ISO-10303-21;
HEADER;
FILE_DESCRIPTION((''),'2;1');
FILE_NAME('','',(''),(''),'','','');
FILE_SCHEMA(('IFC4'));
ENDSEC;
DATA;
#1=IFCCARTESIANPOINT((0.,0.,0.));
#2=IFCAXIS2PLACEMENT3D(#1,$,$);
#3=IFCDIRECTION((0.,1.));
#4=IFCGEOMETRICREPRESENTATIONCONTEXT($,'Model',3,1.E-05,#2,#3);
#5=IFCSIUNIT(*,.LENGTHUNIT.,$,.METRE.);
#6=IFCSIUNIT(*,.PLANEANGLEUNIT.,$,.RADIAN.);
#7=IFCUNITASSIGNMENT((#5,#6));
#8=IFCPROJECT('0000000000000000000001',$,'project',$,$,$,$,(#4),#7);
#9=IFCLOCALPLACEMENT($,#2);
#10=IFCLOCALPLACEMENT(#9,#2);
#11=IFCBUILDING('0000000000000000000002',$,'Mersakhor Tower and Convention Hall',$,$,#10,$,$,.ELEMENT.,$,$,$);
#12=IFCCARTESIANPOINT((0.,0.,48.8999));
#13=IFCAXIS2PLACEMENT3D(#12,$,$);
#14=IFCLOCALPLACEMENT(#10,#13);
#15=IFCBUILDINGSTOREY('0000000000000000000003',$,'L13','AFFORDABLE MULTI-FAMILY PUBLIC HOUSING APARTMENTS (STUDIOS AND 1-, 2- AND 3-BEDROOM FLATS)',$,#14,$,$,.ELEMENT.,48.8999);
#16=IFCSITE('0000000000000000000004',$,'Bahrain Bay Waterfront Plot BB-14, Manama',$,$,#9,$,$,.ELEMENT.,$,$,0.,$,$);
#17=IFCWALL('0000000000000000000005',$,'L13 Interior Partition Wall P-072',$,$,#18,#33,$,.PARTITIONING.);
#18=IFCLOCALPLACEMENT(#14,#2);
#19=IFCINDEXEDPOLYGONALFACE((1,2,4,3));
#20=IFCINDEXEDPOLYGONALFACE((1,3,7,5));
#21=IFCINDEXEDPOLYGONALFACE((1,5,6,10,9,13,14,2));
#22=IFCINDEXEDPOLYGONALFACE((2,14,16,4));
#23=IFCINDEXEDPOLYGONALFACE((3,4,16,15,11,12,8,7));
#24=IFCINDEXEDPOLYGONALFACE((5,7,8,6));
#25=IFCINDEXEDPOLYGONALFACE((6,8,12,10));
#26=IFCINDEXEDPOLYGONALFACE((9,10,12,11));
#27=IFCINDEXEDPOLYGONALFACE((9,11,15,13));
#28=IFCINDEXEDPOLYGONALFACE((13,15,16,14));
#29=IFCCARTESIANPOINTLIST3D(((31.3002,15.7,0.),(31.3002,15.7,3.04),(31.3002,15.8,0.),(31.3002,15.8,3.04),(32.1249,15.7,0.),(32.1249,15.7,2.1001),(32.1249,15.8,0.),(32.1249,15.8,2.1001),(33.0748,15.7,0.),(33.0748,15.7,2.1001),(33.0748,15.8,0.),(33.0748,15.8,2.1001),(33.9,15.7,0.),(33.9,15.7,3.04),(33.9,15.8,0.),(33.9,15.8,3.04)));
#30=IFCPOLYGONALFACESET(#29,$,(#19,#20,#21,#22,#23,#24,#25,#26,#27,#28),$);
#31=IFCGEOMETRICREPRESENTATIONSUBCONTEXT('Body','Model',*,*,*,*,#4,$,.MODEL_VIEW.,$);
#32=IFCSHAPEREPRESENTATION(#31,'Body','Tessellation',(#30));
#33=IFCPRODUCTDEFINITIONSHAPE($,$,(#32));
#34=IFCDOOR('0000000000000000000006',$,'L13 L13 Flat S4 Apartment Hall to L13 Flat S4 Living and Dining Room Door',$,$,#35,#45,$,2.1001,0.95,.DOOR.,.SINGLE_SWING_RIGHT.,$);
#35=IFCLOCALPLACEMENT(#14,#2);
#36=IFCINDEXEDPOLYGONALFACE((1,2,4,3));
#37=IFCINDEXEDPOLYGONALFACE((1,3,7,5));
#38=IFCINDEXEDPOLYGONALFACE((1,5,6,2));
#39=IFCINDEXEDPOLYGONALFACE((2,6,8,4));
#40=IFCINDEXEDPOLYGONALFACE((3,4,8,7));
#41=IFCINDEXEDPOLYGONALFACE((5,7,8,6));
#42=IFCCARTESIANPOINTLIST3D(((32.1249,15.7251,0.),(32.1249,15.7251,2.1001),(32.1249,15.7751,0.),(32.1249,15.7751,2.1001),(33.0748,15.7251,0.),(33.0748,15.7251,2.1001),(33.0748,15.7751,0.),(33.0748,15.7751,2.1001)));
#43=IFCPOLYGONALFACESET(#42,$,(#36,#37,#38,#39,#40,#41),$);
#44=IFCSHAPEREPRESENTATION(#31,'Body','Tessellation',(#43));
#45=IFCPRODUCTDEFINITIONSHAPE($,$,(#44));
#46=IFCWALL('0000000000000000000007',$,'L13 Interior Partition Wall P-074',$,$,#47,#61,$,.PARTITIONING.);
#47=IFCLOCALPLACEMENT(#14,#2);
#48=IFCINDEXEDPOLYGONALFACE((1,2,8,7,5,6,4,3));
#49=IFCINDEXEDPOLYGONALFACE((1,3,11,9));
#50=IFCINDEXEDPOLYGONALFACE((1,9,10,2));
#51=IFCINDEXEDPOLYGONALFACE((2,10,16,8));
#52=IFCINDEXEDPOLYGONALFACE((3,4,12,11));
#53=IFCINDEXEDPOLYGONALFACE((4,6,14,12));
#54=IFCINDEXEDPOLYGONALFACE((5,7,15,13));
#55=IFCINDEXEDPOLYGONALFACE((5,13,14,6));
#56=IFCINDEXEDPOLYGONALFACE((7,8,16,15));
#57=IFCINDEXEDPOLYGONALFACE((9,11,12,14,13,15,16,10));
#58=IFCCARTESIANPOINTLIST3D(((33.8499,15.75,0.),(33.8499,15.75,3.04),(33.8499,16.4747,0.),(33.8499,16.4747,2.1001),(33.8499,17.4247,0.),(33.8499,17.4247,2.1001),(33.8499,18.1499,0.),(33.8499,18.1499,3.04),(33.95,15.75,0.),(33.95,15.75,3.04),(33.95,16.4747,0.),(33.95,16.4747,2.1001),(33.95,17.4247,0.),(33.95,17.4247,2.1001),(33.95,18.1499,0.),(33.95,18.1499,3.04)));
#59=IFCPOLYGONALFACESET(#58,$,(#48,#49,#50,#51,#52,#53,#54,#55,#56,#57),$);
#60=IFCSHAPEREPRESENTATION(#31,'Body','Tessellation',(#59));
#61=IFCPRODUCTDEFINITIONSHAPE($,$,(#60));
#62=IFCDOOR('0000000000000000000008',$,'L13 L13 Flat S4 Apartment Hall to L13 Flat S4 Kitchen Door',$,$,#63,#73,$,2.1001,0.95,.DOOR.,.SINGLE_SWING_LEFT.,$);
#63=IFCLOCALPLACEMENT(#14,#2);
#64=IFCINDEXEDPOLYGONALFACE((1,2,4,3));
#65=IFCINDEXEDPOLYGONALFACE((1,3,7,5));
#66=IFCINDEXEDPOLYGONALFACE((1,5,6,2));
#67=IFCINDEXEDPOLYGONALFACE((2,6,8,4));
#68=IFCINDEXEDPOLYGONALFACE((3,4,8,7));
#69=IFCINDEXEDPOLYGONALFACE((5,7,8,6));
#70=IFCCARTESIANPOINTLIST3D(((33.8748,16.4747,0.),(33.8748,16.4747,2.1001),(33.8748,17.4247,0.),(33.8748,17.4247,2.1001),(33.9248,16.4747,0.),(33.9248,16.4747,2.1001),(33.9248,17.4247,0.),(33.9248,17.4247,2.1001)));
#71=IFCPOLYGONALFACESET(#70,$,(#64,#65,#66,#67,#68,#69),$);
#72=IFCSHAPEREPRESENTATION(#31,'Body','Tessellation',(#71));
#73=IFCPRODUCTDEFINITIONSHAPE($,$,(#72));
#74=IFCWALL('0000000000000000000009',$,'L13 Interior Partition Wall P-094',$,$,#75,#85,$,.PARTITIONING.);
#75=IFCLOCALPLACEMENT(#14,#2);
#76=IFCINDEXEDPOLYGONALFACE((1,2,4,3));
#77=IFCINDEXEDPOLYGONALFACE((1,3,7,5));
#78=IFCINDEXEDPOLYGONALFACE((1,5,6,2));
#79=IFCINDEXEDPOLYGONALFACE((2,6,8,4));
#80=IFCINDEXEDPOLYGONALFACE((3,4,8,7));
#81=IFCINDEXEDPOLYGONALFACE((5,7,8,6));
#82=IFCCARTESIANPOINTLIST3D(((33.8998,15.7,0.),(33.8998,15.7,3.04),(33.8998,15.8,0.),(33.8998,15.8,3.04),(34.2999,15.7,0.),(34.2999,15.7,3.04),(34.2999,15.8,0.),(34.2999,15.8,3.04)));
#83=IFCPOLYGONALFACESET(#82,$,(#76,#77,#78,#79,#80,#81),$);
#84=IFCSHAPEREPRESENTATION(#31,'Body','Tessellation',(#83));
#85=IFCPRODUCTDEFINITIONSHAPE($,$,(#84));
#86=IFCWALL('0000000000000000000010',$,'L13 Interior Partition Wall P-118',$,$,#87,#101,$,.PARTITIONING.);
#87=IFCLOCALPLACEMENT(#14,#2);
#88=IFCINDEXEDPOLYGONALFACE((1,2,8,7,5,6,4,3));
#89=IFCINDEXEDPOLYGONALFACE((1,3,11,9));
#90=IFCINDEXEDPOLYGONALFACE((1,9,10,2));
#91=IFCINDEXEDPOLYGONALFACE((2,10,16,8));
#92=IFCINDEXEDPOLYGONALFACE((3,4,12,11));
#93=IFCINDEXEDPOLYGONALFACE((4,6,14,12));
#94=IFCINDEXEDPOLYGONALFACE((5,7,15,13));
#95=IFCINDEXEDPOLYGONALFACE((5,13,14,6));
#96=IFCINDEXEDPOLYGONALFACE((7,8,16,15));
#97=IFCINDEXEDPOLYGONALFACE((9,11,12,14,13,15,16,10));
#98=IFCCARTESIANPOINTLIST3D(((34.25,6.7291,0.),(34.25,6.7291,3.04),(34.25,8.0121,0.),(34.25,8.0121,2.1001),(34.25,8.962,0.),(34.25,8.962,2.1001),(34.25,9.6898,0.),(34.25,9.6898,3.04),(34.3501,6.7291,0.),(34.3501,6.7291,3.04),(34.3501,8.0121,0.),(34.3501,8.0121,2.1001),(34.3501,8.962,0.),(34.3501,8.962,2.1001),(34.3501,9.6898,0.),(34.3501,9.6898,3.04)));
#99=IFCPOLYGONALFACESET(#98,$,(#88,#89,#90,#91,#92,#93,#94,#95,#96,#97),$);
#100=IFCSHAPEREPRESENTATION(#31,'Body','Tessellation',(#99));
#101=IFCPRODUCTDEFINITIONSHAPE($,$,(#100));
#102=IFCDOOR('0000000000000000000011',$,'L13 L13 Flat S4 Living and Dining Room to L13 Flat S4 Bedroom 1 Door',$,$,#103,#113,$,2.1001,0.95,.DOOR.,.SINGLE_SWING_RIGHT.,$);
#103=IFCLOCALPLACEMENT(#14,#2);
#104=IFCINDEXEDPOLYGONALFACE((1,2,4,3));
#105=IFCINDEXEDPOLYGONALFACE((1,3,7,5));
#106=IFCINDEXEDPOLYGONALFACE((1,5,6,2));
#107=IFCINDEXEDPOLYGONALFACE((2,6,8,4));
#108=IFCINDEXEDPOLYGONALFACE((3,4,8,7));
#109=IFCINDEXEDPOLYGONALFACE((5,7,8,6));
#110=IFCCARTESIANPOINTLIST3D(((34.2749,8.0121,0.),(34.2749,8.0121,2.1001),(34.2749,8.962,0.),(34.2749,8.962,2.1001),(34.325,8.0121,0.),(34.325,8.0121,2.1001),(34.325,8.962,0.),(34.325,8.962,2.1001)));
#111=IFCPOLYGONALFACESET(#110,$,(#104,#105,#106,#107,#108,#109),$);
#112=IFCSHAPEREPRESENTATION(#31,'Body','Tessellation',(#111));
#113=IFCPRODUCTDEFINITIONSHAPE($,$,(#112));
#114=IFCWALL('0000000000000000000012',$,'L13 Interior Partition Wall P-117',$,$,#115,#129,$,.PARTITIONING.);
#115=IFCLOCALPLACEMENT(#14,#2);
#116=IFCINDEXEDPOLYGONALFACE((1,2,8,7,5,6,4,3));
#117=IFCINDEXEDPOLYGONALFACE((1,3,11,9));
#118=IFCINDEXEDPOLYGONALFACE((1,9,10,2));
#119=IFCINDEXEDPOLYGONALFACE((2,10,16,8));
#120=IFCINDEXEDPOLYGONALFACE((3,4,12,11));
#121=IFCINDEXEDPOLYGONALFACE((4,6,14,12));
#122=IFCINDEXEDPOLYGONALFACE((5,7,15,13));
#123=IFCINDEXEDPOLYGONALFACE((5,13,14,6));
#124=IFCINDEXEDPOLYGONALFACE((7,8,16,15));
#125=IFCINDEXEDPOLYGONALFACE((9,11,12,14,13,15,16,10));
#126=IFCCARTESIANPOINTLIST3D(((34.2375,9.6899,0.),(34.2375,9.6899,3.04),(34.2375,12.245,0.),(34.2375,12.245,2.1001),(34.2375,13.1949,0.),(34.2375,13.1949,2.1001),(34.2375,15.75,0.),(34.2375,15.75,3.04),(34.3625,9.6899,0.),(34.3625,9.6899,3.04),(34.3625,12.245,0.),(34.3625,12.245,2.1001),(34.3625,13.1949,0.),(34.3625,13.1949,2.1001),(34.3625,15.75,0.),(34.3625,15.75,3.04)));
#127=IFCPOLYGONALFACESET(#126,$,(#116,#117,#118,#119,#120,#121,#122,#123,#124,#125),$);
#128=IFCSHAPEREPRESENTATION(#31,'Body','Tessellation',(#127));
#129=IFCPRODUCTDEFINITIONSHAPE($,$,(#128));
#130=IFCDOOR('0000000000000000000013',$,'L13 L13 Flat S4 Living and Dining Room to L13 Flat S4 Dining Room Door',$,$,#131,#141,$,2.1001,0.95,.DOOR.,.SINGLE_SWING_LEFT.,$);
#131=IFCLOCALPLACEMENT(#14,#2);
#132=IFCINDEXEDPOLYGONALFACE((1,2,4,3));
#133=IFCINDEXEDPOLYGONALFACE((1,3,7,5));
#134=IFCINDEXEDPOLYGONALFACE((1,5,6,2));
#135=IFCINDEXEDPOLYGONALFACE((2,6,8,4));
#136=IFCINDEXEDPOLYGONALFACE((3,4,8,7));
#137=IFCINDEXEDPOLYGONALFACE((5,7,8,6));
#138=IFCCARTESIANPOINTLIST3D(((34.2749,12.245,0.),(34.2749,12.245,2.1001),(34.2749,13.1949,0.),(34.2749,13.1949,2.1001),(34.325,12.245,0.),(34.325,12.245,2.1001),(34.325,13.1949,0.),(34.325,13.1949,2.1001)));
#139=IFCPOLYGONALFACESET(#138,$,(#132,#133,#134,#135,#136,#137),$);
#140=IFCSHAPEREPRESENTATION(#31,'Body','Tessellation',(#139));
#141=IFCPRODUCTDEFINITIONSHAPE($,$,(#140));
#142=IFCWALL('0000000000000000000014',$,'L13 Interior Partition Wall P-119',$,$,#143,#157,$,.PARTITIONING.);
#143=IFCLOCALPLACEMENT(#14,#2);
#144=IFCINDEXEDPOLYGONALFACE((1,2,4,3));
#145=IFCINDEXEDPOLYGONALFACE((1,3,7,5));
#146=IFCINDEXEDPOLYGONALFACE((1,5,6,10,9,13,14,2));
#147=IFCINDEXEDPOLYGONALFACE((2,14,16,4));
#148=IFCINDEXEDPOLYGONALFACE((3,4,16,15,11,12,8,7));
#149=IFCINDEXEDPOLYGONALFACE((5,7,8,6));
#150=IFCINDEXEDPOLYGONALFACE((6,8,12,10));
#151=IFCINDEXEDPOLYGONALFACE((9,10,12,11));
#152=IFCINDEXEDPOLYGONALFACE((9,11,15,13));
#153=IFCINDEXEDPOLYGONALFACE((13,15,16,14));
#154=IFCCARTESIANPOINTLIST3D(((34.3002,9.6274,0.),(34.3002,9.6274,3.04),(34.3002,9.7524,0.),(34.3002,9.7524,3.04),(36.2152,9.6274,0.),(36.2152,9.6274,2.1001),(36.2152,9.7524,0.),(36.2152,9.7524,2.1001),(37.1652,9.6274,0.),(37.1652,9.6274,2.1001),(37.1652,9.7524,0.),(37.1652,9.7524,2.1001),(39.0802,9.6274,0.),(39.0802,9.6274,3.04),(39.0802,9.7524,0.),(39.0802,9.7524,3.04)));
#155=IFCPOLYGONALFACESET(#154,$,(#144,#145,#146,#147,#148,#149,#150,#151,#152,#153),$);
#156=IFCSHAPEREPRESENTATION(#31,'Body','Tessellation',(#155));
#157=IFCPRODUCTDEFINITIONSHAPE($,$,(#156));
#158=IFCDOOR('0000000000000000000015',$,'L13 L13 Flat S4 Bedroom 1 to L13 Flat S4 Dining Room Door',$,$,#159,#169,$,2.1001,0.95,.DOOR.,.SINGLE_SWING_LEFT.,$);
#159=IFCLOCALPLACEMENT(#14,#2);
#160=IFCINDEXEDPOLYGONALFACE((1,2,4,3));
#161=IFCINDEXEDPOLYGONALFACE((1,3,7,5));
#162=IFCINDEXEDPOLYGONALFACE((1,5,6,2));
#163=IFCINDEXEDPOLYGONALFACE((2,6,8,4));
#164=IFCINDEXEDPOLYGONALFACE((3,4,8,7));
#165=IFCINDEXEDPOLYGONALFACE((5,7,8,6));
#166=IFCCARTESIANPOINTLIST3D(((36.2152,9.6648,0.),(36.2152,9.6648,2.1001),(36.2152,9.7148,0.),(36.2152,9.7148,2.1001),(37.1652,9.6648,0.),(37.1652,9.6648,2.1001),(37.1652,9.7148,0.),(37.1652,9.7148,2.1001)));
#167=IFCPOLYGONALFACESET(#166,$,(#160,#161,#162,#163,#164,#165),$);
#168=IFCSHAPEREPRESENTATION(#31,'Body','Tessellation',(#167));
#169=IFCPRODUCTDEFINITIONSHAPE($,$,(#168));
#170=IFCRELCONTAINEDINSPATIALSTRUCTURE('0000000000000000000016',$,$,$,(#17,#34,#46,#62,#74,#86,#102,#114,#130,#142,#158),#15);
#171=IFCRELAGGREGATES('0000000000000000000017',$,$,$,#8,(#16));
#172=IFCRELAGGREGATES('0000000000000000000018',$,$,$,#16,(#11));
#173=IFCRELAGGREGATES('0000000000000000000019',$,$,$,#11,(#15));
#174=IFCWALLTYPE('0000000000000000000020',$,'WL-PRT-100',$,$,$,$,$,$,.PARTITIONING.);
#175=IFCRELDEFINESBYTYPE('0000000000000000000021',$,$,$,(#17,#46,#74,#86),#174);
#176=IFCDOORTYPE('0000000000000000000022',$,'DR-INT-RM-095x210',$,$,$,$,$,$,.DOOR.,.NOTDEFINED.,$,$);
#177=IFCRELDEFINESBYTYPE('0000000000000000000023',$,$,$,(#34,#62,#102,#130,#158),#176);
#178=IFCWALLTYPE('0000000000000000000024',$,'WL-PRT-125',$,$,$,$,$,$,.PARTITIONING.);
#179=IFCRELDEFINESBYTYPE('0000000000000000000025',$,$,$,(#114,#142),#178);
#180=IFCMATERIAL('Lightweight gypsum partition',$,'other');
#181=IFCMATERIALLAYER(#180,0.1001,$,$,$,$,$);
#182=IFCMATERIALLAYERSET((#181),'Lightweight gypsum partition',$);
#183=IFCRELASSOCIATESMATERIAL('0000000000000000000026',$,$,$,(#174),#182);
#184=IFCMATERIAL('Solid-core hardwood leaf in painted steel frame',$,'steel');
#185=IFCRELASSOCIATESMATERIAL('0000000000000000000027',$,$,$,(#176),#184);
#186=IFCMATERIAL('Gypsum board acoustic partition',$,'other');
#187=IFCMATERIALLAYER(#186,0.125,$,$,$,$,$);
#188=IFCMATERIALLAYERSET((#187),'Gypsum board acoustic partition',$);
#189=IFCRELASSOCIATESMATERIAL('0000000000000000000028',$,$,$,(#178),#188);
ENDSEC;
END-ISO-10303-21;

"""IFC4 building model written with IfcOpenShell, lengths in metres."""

from ifc_helpers import new_model, si_unit, direction, frame, frame_2d, origin, place, context, subcontext, project, spatial, rectangle, extrude, material, layer, layer_set, type_object, element, fill, save


model = new_model("IFC4")

# Units and contexts
model_context = context("Model", 3, precision=1e-05, world=origin(), true_north=direction((0.0, 1.0)))
body_context = subcontext(model_context, "Body", "Model", "MODEL_VIEW")
ifc_project = project(units=[si_unit("LENGTHUNIT", "METRE"), si_unit("PLANEANGLEUNIT", "RADIAN")], contexts=[model_context])

# Site, building, storey
site_placement = place(None, origin())
site = spatial("IfcSite", under=ifc_project, at=site_placement, Name="Bahrain Bay Waterfront Plot BB-14, Manama", CompositionType="ELEMENT", RefElevation=0.0)
building_placement = place(site_placement, origin())
building = spatial("IfcBuilding", under=site, at=building_placement, Name="Mersakhor Tower and Convention Hall", CompositionType="ELEMENT")
storey_placement = place(building_placement, frame((0.0, 0.0, 48.8999)))
storey = spatial("IfcBuildingStorey", under=building, at=storey_placement, Name="L13", Description="AFFORDABLE MULTI-FAMILY PUBLIC HOUSING APARTMENTS (STUDIOS AND 1-, 2- AND 3-BEDROOM FLATS)", CompositionType="ELEMENT", Elevation=48.8999)

# Walls, openings, doors
ifc_material_1 = material(Name="Lightweight gypsum partition", Category="other")
ifc_layer_1 = layer(ifc_material_1, 0.1001)
ifc_layer_set_1 = layer_set([ifc_layer_1], Name="Lightweight gypsum partition")
wall_type_1 = type_object("IfcWallType", Name="WL-PRT-100", PredefinedType="PARTITIONING", material=ifc_layer_set_1)
wall_1_placement = place(storey_placement, frame((33.8999, 15.75, 0.0), z_axis=(0.0, 0.0, 1.0), x_axis=(-1.0, 0.0, 0.0)))
wall_1 = element("IfcWall", 1, at=wall_1_placement, inside=storey, type_object=wall_type_1, Name="L13 Interior Partition Wall P-072", PredefinedType="PARTITIONING", context=body_context, shape_type="SweptSolid", body=[
    extrude(rectangle(XDim=2.5999, YDim=0.1001, at=frame_2d((1.2998, 0.0))), origin(), (0.0, 0.0, 1.0), 3.04),
])
opening_1_placement = place(wall_1_placement, frame((0.825, 0.0, 0.0)))
opening_1 = element("IfcOpeningElement", 2, at=opening_1_placement, cuts=wall_1, PredefinedType="OPENING", context=body_context, shape_type="SweptSolid", body=[
    extrude(rectangle(XDim=0.95, YDim=2.1001, at=frame_2d((0.4751, 1.05))), frame((0.0, 0.0601, 0.0), z_axis=(0.0, -1.0, 0.0), x_axis=(1.0, 0.0, 0.0)), (0.0, 0.0, 1.0), 0.1201),
])
ifc_material_2 = material(Name="Solid-core hardwood leaf in painted steel frame", Category="steel")
door_type_1 = type_object("IfcDoorType", Name="DR-INT-RM-095x210", OperationType="NOTDEFINED", PredefinedType="DOOR", material=ifc_material_2)
door_1_placement = place(opening_1_placement, origin())
door_1 = element("IfcDoor", 3, at=door_1_placement, inside=storey, type_object=door_type_1, Name="L13 L13 Flat S4 Apartment Hall to L13 Flat S4 Living and Dining Room Door", OperationType="SINGLE_SWING_RIGHT", OverallHeight=2.1001, OverallWidth=0.95, PredefinedType="DOOR", context=body_context, shape_type="SweptSolid", body=[
    extrude(rectangle(XDim=0.95, YDim=2.1001, at=frame_2d((0.4751, 1.05))), frame((0.0, 0.0249, 0.0), z_axis=(0.0, -1.0, 0.0), x_axis=(1.0, 0.0, 0.0)), (0.0, 0.0, 1.0), 0.05),
])
fill(opening_1, door_1)
wall_2_placement = place(storey_placement, frame((33.8999, 18.1499, 0.0), z_axis=(0.0, 0.0, 1.0), x_axis=(0.0, -1.0, 0.0)))
wall_2 = element("IfcWall", 4, at=wall_2_placement, inside=storey, type_object=wall_type_1, Name="L13 Interior Partition Wall P-074", PredefinedType="PARTITIONING", context=body_context, shape_type="SweptSolid", body=[
    extrude(rectangle(XDim=2.3999, YDim=0.1001, at=frame_2d((1.2, 0.0))), origin(), (0.0, 0.0, 1.0), 3.04),
])
opening_2_placement = place(wall_2_placement, frame((0.7251, 0.0, 0.0)))
opening_2 = element("IfcOpeningElement", 5, at=opening_2_placement, cuts=wall_2, PredefinedType="OPENING", context=body_context, shape_type="SweptSolid", body=[
    extrude(rectangle(XDim=0.95, YDim=2.1001, at=frame_2d((0.4751, 1.05))), frame((0.0, 0.0601, 0.0), z_axis=(0.0, -1.0, 0.0), x_axis=(1.0, 0.0, 0.0)), (0.0, 0.0, 1.0), 0.1201),
])
door_2_placement = place(opening_2_placement, origin())
door_2 = element("IfcDoor", 6, at=door_2_placement, inside=storey, type_object=door_type_1, Name="L13 L13 Flat S4 Apartment Hall to L13 Flat S4 Kitchen Door", OperationType="SINGLE_SWING_LEFT", OverallHeight=2.1001, OverallWidth=0.95, PredefinedType="DOOR", context=body_context, shape_type="SweptSolid", body=[
    extrude(rectangle(XDim=0.95, YDim=2.1001, at=frame_2d((0.4751, 1.05))), frame((0.0, 0.0249, 0.0), z_axis=(0.0, -1.0, 0.0), x_axis=(1.0, 0.0, 0.0)), (0.0, 0.0, 1.0), 0.05),
])
fill(opening_2, door_2)

# Wall
wall_3_placement = place(storey_placement, frame((34.3, 15.75, 0.0), z_axis=(0.0, 0.0, 1.0), x_axis=(-1.0, 0.0, 0.0)))
element("IfcWall", 7, at=wall_3_placement, inside=storey, type_object=wall_type_1, Name="L13 Interior Partition Wall P-094", PredefinedType="PARTITIONING", context=body_context, shape_type="SweptSolid", body=[
    extrude(rectangle(XDim=0.4001, YDim=0.1001, at=frame_2d((0.2002, 0.0))), origin(), (0.0, 0.0, 1.0), 3.04),
])

# Walls, openings, doors
wall_4_placement = place(storey_placement, frame((34.3, 9.6899, 0.0), z_axis=(0.0, 0.0, 1.0), x_axis=(0.0, -1.0, 0.0)))
wall_4 = element("IfcWall", 8, at=wall_4_placement, inside=storey, type_object=wall_type_1, Name="L13 Interior Partition Wall P-118", PredefinedType="PARTITIONING", context=body_context, shape_type="SweptSolid", body=[
    extrude(rectangle(XDim=2.9607, YDim=0.1001, at=frame_2d((1.4805, 0.0))), origin(), (0.0, 0.0, 1.0), 3.04),
])
opening_3_placement = place(wall_4_placement, frame((0.7278, 0.0, 0.0)))
opening_3 = element("IfcOpeningElement", 9, at=opening_3_placement, cuts=wall_4, PredefinedType="OPENING", context=body_context, shape_type="SweptSolid", body=[
    extrude(rectangle(XDim=0.95, YDim=2.1001, at=frame_2d((0.4751, 1.05))), frame((0.0, 0.0601, 0.0), z_axis=(0.0, -1.0, 0.0), x_axis=(1.0, 0.0, 0.0)), (0.0, 0.0, 1.0), 0.1201),
])
door_3_placement = place(opening_3_placement, origin())
door_3 = element("IfcDoor", 10, at=door_3_placement, inside=storey, type_object=door_type_1, Name="L13 L13 Flat S4 Living and Dining Room to L13 Flat S4 Bedroom 1 Door", OperationType="SINGLE_SWING_RIGHT", OverallHeight=2.1001, OverallWidth=0.95, PredefinedType="DOOR", context=body_context, shape_type="SweptSolid", body=[
    extrude(rectangle(XDim=0.95, YDim=2.1001, at=frame_2d((0.4751, 1.05))), frame((0.0, 0.0249, 0.0), z_axis=(0.0, -1.0, 0.0), x_axis=(1.0, 0.0, 0.0)), (0.0, 0.0, 1.0), 0.05),
])
fill(opening_3, door_3)
ifc_material_3 = material(Name="Gypsum board acoustic partition", Category="other")
ifc_layer_2 = layer(ifc_material_3, 0.125)
ifc_layer_set_2 = layer_set([ifc_layer_2], Name="Gypsum board acoustic partition")
wall_type_2 = type_object("IfcWallType", Name="WL-PRT-125", PredefinedType="PARTITIONING", material=ifc_layer_set_2)
wall_5_placement = place(storey_placement, frame((34.3, 15.75, 0.0), z_axis=(0.0, 0.0, 1.0), x_axis=(0.0, -1.0, 0.0)))
wall_5 = element("IfcWall", 11, at=wall_5_placement, inside=storey, type_object=wall_type_2, Name="L13 Interior Partition Wall P-117", PredefinedType="PARTITIONING", context=body_context, shape_type="SweptSolid", body=[
    extrude(rectangle(XDim=6.0601, YDim=0.125, at=frame_2d((3.03, 0.0))), origin(), (0.0, 0.0, 1.0), 3.04),
])
opening_4_placement = place(wall_5_placement, frame((2.5549, 0.0, 0.0)))
opening_4 = element("IfcOpeningElement", 12, at=opening_4_placement, cuts=wall_5, PredefinedType="OPENING", context=body_context, shape_type="SweptSolid", body=[
    extrude(rectangle(XDim=0.95, YDim=2.1001, at=frame_2d((0.4751, 1.05))), frame((0.0, 0.0725, 0.0), z_axis=(0.0, -1.0, 0.0), x_axis=(1.0, 0.0, 0.0)), (0.0, 0.0, 1.0), 0.145),
])
door_4_placement = place(opening_4_placement, origin())
door_4 = element("IfcDoor", 13, at=door_4_placement, inside=storey, type_object=door_type_1, Name="L13 L13 Flat S4 Living and Dining Room to L13 Flat S4 Dining Room Door", OperationType="SINGLE_SWING_LEFT", OverallHeight=2.1001, OverallWidth=0.95, PredefinedType="DOOR", context=body_context, shape_type="SweptSolid", body=[
    extrude(rectangle(XDim=0.95, YDim=2.1001, at=frame_2d((0.4751, 1.05))), frame((0.0, 0.0249, 0.0), z_axis=(0.0, -1.0, 0.0), x_axis=(1.0, 0.0, 0.0)), (0.0, 0.0, 1.0), 0.05),
])
fill(opening_4, door_4)
wall_6_placement = place(storey_placement, frame((34.3, 9.6899, 0.0), z_axis=(0.0, 0.0, 1.0), x_axis=(1.0, 0.0, 0.0)))
wall_6 = element("IfcWall", 14, at=wall_6_placement, inside=storey, type_object=wall_type_2, Name="L13 Interior Partition Wall P-119", PredefinedType="PARTITIONING", context=body_context, shape_type="SweptSolid", body=[
    extrude(rectangle(XDim=4.78, YDim=0.125, at=frame_2d((2.3901, 0.0))), origin(), (0.0, 0.0, 1.0), 3.04),
])
opening_5_placement = place(wall_6_placement, frame((1.915, 0.0, 0.0)))
opening_5 = element("IfcOpeningElement", 15, at=opening_5_placement, cuts=wall_6, PredefinedType="OPENING", context=body_context, shape_type="SweptSolid", body=[
    extrude(rectangle(XDim=0.95, YDim=2.1001, at=frame_2d((0.4751, 1.05))), frame((0.0, 0.0725, 0.0), z_axis=(0.0, -1.0, 0.0), x_axis=(1.0, 0.0, 0.0)), (0.0, 0.0, 1.0), 0.145),
])
door_5_placement = place(opening_5_placement, origin())
door_5 = element("IfcDoor", 16, at=door_5_placement, inside=storey, type_object=door_type_1, Name="L13 L13 Flat S4 Bedroom 1 to L13 Flat S4 Dining Room Door", OperationType="SINGLE_SWING_LEFT", OverallHeight=2.1001, OverallWidth=0.95, PredefinedType="DOOR", context=body_context, shape_type="SweptSolid", body=[
    extrude(rectangle(XDim=0.95, YDim=2.1001, at=frame_2d((0.4751, 1.05))), frame((0.0, 0.0249, 0.0), z_axis=(0.0, -1.0, 0.0), x_axis=(1.0, 0.0, 0.0)), (0.0, 0.0, 1.0), 0.05),
])
fill(opening_5, door_5)

save(model, "model.ifc")
